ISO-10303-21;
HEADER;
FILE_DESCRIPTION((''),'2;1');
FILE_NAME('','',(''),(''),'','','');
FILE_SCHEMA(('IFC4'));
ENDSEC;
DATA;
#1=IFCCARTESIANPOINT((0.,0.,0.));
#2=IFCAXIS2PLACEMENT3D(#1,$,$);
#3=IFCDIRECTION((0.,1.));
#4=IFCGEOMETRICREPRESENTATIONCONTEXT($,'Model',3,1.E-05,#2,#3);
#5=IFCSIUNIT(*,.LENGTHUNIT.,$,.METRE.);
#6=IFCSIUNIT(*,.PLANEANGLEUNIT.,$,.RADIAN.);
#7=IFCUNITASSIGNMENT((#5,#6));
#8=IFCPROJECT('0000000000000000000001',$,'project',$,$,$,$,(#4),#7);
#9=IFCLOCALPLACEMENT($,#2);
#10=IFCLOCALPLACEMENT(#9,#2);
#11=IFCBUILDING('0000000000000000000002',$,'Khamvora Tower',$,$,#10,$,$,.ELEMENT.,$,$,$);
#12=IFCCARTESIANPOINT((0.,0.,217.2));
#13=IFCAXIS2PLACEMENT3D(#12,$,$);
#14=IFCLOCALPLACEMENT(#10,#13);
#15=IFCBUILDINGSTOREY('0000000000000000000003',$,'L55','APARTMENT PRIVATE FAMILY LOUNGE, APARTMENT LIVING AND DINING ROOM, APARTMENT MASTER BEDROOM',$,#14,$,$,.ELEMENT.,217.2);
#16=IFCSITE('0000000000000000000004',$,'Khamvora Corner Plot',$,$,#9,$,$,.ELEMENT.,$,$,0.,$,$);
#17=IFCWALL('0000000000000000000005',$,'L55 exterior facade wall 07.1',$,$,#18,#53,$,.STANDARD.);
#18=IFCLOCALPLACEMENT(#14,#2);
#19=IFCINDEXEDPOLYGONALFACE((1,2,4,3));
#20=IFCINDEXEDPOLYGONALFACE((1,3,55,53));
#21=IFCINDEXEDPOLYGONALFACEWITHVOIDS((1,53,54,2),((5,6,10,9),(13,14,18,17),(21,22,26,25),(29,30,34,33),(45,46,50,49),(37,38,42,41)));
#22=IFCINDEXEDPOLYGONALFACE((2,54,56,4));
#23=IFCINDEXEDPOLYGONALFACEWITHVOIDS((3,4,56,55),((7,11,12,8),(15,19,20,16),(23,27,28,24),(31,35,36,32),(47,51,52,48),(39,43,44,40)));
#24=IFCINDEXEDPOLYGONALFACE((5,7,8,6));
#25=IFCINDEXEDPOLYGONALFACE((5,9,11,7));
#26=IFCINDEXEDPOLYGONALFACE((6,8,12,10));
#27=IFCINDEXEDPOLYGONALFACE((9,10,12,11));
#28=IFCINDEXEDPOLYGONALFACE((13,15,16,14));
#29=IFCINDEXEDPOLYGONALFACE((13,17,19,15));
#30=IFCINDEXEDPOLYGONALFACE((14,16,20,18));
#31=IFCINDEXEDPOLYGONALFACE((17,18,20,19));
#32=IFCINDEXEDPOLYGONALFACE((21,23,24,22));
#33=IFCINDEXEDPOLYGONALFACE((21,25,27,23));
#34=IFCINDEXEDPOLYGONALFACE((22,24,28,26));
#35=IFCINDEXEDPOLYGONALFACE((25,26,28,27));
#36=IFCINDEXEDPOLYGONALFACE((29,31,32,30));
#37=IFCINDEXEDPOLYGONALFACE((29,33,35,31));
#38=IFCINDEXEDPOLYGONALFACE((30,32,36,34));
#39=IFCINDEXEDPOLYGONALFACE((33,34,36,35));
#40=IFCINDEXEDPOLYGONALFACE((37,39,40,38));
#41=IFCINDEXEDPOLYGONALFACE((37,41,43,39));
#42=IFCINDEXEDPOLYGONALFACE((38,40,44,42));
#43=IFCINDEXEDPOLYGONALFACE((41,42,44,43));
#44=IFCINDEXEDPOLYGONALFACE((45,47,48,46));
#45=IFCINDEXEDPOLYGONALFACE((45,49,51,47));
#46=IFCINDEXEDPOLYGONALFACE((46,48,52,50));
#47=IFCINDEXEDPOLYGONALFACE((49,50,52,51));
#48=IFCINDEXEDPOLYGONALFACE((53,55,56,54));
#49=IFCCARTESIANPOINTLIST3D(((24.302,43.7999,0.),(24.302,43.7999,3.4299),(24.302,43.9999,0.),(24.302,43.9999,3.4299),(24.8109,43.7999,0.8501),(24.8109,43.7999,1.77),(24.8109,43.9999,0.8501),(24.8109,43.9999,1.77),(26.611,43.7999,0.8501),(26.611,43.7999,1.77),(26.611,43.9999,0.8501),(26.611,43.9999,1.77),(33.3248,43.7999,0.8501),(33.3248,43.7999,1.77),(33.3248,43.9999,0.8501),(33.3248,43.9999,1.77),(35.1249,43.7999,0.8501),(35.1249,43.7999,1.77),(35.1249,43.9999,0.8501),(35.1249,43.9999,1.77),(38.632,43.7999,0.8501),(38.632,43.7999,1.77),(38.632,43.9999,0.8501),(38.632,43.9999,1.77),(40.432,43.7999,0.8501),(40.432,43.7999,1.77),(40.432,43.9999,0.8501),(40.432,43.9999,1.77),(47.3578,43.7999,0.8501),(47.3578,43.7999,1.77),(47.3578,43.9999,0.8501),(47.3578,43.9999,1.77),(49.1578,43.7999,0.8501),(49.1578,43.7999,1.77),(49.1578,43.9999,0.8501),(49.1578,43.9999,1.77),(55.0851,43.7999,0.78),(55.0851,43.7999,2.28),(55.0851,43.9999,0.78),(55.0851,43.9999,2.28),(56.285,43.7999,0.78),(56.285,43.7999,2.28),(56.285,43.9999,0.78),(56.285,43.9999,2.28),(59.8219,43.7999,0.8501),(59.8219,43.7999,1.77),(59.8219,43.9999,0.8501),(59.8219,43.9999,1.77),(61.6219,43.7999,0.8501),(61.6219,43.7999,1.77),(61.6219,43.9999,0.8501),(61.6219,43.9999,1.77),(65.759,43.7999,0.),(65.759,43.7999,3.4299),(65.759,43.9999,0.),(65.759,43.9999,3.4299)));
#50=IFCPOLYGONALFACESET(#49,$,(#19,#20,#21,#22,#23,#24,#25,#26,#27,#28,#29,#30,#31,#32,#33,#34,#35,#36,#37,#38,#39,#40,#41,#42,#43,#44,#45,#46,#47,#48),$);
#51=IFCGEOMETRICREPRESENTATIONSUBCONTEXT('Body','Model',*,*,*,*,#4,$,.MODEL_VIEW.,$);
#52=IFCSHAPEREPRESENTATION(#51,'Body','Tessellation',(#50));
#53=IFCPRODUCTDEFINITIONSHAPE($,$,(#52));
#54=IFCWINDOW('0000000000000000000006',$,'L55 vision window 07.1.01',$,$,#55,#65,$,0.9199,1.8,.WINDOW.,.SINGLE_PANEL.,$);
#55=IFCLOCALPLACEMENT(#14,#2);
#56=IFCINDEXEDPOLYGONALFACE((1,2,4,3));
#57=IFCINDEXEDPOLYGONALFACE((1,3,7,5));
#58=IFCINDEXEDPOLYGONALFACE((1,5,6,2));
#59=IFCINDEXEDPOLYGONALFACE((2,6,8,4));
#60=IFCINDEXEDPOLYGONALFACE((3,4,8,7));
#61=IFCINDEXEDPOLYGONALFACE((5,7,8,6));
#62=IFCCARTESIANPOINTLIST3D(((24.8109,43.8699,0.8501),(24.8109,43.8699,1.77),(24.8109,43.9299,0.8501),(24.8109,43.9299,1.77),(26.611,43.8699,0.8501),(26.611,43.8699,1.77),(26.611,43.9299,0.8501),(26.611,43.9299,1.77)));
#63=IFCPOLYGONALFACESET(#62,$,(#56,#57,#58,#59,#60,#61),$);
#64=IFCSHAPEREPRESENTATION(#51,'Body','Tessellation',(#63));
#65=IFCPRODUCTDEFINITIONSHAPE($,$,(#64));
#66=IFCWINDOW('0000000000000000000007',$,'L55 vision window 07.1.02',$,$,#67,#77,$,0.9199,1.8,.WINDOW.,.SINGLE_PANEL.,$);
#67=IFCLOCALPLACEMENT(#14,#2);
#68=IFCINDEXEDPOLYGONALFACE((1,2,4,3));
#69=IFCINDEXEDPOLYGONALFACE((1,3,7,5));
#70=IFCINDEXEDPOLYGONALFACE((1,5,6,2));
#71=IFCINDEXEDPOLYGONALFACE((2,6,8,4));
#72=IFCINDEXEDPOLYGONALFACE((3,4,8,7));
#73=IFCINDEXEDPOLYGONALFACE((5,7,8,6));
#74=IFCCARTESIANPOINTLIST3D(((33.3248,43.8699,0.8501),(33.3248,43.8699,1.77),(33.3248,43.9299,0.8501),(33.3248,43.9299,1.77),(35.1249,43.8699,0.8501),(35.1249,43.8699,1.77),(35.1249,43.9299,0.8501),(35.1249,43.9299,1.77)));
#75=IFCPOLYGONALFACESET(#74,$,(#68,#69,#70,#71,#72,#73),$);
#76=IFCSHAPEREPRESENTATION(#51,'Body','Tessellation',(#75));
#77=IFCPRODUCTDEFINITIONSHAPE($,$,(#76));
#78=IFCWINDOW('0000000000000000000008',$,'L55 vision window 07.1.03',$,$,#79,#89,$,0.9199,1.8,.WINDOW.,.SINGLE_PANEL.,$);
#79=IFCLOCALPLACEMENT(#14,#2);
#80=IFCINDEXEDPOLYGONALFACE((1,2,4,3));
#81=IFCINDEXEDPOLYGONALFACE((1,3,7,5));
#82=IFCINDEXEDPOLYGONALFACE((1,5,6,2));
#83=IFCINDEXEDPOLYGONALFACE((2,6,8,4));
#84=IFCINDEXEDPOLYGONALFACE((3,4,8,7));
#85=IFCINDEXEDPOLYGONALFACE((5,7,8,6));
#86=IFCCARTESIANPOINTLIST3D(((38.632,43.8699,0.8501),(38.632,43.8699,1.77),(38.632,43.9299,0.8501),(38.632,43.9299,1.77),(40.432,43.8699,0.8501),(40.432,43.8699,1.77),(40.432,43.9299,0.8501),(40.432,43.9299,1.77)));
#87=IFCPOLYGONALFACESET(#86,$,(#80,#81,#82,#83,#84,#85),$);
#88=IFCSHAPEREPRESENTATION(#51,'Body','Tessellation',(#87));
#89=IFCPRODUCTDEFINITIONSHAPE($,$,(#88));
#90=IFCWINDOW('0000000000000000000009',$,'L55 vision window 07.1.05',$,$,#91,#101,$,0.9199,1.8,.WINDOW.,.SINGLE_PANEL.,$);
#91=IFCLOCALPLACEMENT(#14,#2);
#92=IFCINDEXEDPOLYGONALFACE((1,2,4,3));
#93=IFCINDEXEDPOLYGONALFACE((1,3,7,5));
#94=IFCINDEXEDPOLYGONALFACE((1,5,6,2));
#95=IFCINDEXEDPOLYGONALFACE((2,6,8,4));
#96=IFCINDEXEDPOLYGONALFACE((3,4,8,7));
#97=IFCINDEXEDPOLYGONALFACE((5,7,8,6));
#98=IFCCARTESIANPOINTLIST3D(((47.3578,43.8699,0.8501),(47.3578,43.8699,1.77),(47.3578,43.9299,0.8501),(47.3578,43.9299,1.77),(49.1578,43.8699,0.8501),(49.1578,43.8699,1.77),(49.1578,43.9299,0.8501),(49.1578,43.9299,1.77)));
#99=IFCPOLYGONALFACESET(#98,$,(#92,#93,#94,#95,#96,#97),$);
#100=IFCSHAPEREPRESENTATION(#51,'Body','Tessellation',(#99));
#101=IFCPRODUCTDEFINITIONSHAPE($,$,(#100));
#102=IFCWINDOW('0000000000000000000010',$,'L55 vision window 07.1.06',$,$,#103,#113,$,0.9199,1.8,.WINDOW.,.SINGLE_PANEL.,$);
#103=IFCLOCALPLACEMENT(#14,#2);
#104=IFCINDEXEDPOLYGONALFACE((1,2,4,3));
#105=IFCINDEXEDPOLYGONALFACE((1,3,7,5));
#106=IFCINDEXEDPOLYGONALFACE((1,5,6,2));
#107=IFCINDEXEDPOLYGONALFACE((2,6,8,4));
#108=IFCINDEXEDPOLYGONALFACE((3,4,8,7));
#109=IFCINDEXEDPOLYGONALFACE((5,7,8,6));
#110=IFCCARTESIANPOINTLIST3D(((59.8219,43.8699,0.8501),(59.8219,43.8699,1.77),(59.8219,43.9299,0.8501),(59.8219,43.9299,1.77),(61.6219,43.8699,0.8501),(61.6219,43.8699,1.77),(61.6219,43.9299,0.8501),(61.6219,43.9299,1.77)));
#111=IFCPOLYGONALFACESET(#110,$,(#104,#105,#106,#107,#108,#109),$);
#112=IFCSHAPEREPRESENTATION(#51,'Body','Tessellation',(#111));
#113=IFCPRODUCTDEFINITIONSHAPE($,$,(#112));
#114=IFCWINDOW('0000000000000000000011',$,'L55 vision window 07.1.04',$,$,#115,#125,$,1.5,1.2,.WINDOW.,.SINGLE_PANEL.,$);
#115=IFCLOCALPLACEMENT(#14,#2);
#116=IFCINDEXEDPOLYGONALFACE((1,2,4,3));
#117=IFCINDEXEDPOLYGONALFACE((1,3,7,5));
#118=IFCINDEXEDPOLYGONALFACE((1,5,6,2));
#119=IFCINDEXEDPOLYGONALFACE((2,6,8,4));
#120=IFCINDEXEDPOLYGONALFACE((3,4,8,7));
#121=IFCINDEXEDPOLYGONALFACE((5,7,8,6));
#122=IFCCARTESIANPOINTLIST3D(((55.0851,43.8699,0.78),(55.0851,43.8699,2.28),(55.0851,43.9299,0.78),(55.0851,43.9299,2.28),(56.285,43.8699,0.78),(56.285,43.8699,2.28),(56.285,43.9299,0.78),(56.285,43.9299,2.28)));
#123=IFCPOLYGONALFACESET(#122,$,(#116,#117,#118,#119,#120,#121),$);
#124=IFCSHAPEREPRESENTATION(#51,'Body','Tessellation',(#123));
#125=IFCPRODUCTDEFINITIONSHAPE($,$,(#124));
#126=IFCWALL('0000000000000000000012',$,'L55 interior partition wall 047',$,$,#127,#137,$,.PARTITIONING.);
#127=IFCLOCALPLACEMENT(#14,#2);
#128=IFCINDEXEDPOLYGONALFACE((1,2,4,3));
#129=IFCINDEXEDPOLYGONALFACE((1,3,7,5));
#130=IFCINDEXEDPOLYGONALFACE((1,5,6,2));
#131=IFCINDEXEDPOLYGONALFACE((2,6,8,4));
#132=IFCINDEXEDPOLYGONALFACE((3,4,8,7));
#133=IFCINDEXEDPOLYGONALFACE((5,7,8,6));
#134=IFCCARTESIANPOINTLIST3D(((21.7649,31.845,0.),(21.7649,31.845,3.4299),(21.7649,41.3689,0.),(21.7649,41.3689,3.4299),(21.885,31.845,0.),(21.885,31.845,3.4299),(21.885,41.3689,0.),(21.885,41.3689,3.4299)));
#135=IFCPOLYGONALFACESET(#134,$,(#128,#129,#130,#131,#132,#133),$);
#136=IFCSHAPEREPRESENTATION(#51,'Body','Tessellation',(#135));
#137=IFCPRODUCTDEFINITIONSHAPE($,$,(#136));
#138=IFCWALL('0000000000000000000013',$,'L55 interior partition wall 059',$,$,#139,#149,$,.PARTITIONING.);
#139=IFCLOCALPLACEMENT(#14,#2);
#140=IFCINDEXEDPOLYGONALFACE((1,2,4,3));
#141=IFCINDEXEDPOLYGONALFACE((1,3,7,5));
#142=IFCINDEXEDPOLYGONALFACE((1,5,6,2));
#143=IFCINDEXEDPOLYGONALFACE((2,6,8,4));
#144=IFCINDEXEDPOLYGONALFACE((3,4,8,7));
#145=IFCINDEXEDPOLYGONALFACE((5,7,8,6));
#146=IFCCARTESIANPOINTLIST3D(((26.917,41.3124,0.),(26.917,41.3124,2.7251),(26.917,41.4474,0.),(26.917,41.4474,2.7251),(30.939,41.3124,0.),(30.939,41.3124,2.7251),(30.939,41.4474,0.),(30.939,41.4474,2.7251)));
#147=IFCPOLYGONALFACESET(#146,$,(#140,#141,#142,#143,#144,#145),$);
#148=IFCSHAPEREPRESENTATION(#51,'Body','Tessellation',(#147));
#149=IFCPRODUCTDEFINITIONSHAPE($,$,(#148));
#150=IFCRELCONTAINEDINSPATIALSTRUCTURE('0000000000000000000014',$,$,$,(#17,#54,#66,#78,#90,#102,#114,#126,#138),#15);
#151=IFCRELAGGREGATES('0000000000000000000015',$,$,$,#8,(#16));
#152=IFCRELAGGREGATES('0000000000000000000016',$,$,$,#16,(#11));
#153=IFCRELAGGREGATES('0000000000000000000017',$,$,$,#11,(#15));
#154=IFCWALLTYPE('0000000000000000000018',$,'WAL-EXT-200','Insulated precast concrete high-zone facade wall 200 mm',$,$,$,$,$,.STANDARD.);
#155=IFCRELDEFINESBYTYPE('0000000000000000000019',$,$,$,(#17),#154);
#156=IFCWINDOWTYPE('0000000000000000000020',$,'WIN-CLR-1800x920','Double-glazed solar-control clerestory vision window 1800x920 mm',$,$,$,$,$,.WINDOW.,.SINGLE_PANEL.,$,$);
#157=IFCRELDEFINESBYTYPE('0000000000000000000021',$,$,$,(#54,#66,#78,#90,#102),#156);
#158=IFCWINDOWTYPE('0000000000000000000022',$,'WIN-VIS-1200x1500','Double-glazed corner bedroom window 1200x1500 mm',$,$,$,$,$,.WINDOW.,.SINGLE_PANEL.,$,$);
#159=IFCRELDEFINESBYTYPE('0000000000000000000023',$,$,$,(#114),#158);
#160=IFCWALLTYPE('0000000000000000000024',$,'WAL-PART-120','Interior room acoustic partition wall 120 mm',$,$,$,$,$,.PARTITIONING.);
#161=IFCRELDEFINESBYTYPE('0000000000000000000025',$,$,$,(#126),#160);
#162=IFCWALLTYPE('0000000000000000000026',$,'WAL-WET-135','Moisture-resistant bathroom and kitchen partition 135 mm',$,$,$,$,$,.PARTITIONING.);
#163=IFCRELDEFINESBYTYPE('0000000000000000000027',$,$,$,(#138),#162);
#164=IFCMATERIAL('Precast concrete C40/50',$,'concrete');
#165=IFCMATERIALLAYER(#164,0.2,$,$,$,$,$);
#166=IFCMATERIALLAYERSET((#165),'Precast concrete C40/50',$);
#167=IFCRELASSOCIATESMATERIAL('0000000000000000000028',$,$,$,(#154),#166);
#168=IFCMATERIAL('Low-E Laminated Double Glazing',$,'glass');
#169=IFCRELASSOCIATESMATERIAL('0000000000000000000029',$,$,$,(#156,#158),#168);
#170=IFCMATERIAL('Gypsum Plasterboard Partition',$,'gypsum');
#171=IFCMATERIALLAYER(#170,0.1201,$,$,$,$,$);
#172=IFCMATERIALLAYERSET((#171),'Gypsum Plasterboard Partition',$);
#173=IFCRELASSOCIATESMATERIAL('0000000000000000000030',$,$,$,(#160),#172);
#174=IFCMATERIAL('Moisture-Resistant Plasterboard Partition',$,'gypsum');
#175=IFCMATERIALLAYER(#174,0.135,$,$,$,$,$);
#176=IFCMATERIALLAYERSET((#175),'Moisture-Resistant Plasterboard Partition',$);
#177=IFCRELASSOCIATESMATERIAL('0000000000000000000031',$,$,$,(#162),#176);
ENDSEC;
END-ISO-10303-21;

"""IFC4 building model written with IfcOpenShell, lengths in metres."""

from ifc_helpers import new_model, si_unit, direction, frame, frame_2d, origin, place, context, subcontext, project, spatial, rectangle, extrude, material, layer, layer_set, type_object, element, fill, save


model = new_model("IFC4")

# Units and contexts
model_context = context("Model", 3, precision=1e-05, world=origin(), true_north=direction((0.0, 1.0)))
body_context = subcontext(model_context, "Body", "Model", "MODEL_VIEW")
ifc_project = project(units=[si_unit("LENGTHUNIT", "METRE"), si_unit("PLANEANGLEUNIT", "RADIAN")], contexts=[model_context])

# Site, building, storey
site_placement = place(None, origin())
site = spatial("IfcSite", under=ifc_project, at=site_placement, Name="Khamvora Corner Plot", CompositionType="ELEMENT", RefElevation=0.0)
building_placement = place(site_placement, origin())
building = spatial("IfcBuilding", under=site, at=building_placement, Name="Khamvora Tower", CompositionType="ELEMENT")
storey_placement = place(building_placement, frame((0.0, 0.0, 217.2)))
storey = spatial("IfcBuildingStorey", under=building, at=storey_placement, Name="L55", Description="APARTMENT PRIVATE FAMILY LOUNGE, APARTMENT LIVING AND DINING ROOM, APARTMENT MASTER BEDROOM", CompositionType="ELEMENT", Elevation=217.2)

# Shared definitions
ifc_material_1 = material(Name="Precast concrete C40/50", Category="concrete")
ifc_layer_1 = layer(ifc_material_1, 0.2)
ifc_layer_set_1 = layer_set([ifc_layer_1], Name="Precast concrete C40/50")
wall_type_1 = type_object("IfcWallType", Name="WAL-EXT-200", Description="Insulated precast concrete high-zone facade wall 200 mm", PredefinedType="STANDARD", material=ifc_layer_set_1)

# Wall, openings, windows
wall_1_placement = place(storey_placement, frame((24.302, 43.8999, 0.0), z_axis=(0.0, 0.0, 1.0), x_axis=(1.0, 0.0, 0.0)))
wall_1 = element("IfcWall", 1, at=wall_1_placement, inside=storey, type_object=wall_type_1, Name="L55 exterior facade wall 07.1", PredefinedType="STANDARD", context=body_context, shape_type="SweptSolid", body=[
    extrude(rectangle(XDim=41.457, YDim=0.2, at=frame_2d((20.7285, 0.0))), origin(), (0.0, 0.0, 1.0), 3.4299),
])
opening_1_placement = place(wall_1_placement, frame((0.509, 0.0, 0.8501)))
opening_1 = element("IfcOpeningElement", 2, at=opening_1_placement, cuts=wall_1, PredefinedType="OPENING", context=body_context, shape_type="SweptSolid", body=[
    extrude(rectangle(XDim=1.8, YDim=0.9199, at=frame_2d((0.8999, 0.46))), frame((0.0, 0.1099, 0.0), z_axis=(0.0, -1.0, 0.0), x_axis=(1.0, 0.0, 0.0)), (0.0, 0.0, 1.0), 0.22),
])
opening_2_placement = place(wall_1_placement, frame((9.0229, 0.0, 0.8501)))
opening_2 = element("IfcOpeningElement", 3, at=opening_2_placement, cuts=wall_1, PredefinedType="OPENING", context=body_context, shape_type="SweptSolid", body=[
    extrude(rectangle(XDim=1.8, YDim=0.9199, at=frame_2d((0.8999, 0.46))), frame((0.0, 0.1099, 0.0), z_axis=(0.0, -1.0, 0.0), x_axis=(1.0, 0.0, 0.0)), (0.0, 0.0, 1.0), 0.22),
])
opening_3_placement = place(wall_1_placement, frame((14.3301, 0.0, 0.8501)))
opening_3 = element("IfcOpeningElement", 4, at=opening_3_placement, cuts=wall_1, PredefinedType="OPENING", context=body_context, shape_type="SweptSolid", body=[
    extrude(rectangle(XDim=1.8, YDim=0.9199, at=frame_2d((0.8999, 0.46))), frame((0.0, 0.1099, 0.0), z_axis=(0.0, -1.0, 0.0), x_axis=(1.0, 0.0, 0.0)), (0.0, 0.0, 1.0), 0.22),
])
opening_4_placement = place(wall_1_placement, frame((30.783, 0.0, 0.78)))
opening_4 = element("IfcOpeningElement", 5, at=opening_4_placement, cuts=wall_1, PredefinedType="OPENING", context=body_context, shape_type="SweptSolid", body=[
    extrude(rectangle(XDim=1.2, YDim=1.5, at=frame_2d((0.6001, 0.75))), frame((0.0, 0.1099, 0.0), z_axis=(0.0, -1.0, 0.0), x_axis=(1.0, 0.0, 0.0)), (0.0, 0.0, 1.0), 0.22),
])
opening_5_placement = place(wall_1_placement, frame((23.0559, 0.0, 0.8501)))
opening_5 = element("IfcOpeningElement", 6, at=opening_5_placement, cuts=wall_1, PredefinedType="OPENING", context=body_context, shape_type="SweptSolid", body=[
    extrude(rectangle(XDim=1.8, YDim=0.9199, at=frame_2d((0.8999, 0.46))), frame((0.0, 0.1099, 0.0), z_axis=(0.0, -1.0, 0.0), x_axis=(1.0, 0.0, 0.0)), (0.0, 0.0, 1.0), 0.22),
])
opening_6_placement = place(wall_1_placement, frame((35.52, 0.0, 0.8501)))
opening_6 = element("IfcOpeningElement", 7, at=opening_6_placement, cuts=wall_1, PredefinedType="OPENING", context=body_context, shape_type="SweptSolid", body=[
    extrude(rectangle(XDim=1.8, YDim=0.9199, at=frame_2d((0.8999, 0.46))), frame((0.0, 0.1099, 0.0), z_axis=(0.0, -1.0, 0.0), x_axis=(1.0, 0.0, 0.0)), (0.0, 0.0, 1.0), 0.22),
])
ifc_material_2 = material(Name="Low-E Laminated Double Glazing", Category="glass")
window_type_1 = type_object("IfcWindowType", Name="WIN-CLR-1800x920", Description="Double-glazed solar-control clerestory vision window 1800x920 mm", PartitioningType="SINGLE_PANEL", PredefinedType="WINDOW", material=ifc_material_2)
window_1_placement = place(opening_1_placement, origin())
window_1 = element("IfcWindow", 8, at=window_1_placement, inside=storey, type_object=window_type_1, Name="L55 vision window 07.1.01", OverallHeight=0.9199, OverallWidth=1.8, PartitioningType="SINGLE_PANEL", PredefinedType="WINDOW", context=body_context, shape_type="SweptSolid", body=[
    extrude(rectangle(XDim=1.8, YDim=0.9199, at=frame_2d((0.8999, 0.46))), frame((0.0, 0.03, 0.0), z_axis=(0.0, -1.0, 0.0), x_axis=(1.0, 0.0, 0.0)), (0.0, 0.0, 1.0), 0.0601),
])
fill(opening_1, window_1)
window_2_placement = place(opening_2_placement, origin())
window_2 = element("IfcWindow", 9, at=window_2_placement, inside=storey, type_object=window_type_1, Name="L55 vision window 07.1.02", OverallHeight=0.9199, OverallWidth=1.8, PartitioningType="SINGLE_PANEL", PredefinedType="WINDOW", context=body_context, shape_type="SweptSolid", body=[
    extrude(rectangle(XDim=1.8, YDim=0.9199, at=frame_2d((0.8999, 0.46))), frame((0.0, 0.03, 0.0), z_axis=(0.0, -1.0, 0.0), x_axis=(1.0, 0.0, 0.0)), (0.0, 0.0, 1.0), 0.0601),
])
fill(opening_2, window_2)
window_3_placement = place(opening_3_placement, origin())
window_3 = element("IfcWindow", 10, at=window_3_placement, inside=storey, type_object=window_type_1, Name="L55 vision window 07.1.03", OverallHeight=0.9199, OverallWidth=1.8, PartitioningType="SINGLE_PANEL", PredefinedType="WINDOW", context=body_context, shape_type="SweptSolid", body=[
    extrude(rectangle(XDim=1.8, YDim=0.9199, at=frame_2d((0.8999, 0.46))), frame((0.0, 0.03, 0.0), z_axis=(0.0, -1.0, 0.0), x_axis=(1.0, 0.0, 0.0)), (0.0, 0.0, 1.0), 0.0601),
])
fill(opening_3, window_3)
window_4_placement = place(opening_5_placement, origin())
window_4 = element("IfcWindow", 11, at=window_4_placement, inside=storey, type_object=window_type_1, Name="L55 vision window 07.1.05", OverallHeight=0.9199, OverallWidth=1.8, PartitioningType="SINGLE_PANEL", PredefinedType="WINDOW", context=body_context, shape_type="SweptSolid", body=[
    extrude(rectangle(XDim=1.8, YDim=0.9199, at=frame_2d((0.8999, 0.46))), frame((0.0, 0.03, 0.0), z_axis=(0.0, -1.0, 0.0), x_axis=(1.0, 0.0, 0.0)), (0.0, 0.0, 1.0), 0.0601),
])
fill(opening_5, window_4)
window_5_placement = place(opening_6_placement, origin())
window_5 = element("IfcWindow", 12, at=window_5_placement, inside=storey, type_object=window_type_1, Name="L55 vision window 07.1.06", OverallHeight=0.9199, OverallWidth=1.8, PartitioningType="SINGLE_PANEL", PredefinedType="WINDOW", context=body_context, shape_type="SweptSolid", body=[
    extrude(rectangle(XDim=1.8, YDim=0.9199, at=frame_2d((0.8999, 0.46))), frame((0.0, 0.03, 0.0), z_axis=(0.0, -1.0, 0.0), x_axis=(1.0, 0.0, 0.0)), (0.0, 0.0, 1.0), 0.0601),
])
fill(opening_6, window_5)
window_type_2 = type_object("IfcWindowType", Name="WIN-VIS-1200x1500", Description="Double-glazed corner bedroom window 1200x1500 mm", PartitioningType="SINGLE_PANEL", PredefinedType="WINDOW", material=ifc_material_2)
window_6_placement = place(opening_4_placement, origin())
window_6 = element("IfcWindow", 13, at=window_6_placement, inside=storey, type_object=window_type_2, Name="L55 vision window 07.1.04", OverallHeight=1.5, OverallWidth=1.2, PartitioningType="SINGLE_PANEL", PredefinedType="WINDOW", context=body_context, shape_type="SweptSolid", body=[
    extrude(rectangle(XDim=1.2, YDim=1.5, at=frame_2d((0.6001, 0.75))), frame((0.0, 0.03, 0.0), z_axis=(0.0, -1.0, 0.0), x_axis=(1.0, 0.0, 0.0)), (0.0, 0.0, 1.0), 0.0601),
])
fill(opening_4, window_6)

# Walls
ifc_material_3 = material(Name="Gypsum Plasterboard Partition", Category="gypsum")
ifc_layer_2 = layer(ifc_material_3, 0.1201)
ifc_layer_set_2 = layer_set([ifc_layer_2], Name="Gypsum Plasterboard Partition")
wall_type_2 = type_object("IfcWallType", Name="WAL-PART-120", Description="Interior room acoustic partition wall 120 mm", PredefinedType="PARTITIONING", material=ifc_layer_set_2)
wall_2_placement = place(storey_placement, frame((21.825, 41.3689, 0.0), z_axis=(0.0, 0.0, 1.0), x_axis=(0.0, -1.0, 0.0)))
element("IfcWall", 14, at=wall_2_placement, inside=storey, type_object=wall_type_2, Name="L55 interior partition wall 047", PredefinedType="PARTITIONING", context=body_context, shape_type="SweptSolid", body=[
    extrude(rectangle(XDim=9.5239, YDim=0.1201, at=frame_2d((4.762, 0.0))), origin(), (0.0, 0.0, 1.0), 3.4299),
])
ifc_material_4 = material(Name="Moisture-Resistant Plasterboard Partition", Category="gypsum")
ifc_layer_3 = layer(ifc_material_4, 0.135)
ifc_layer_set_3 = layer_set([ifc_layer_3], Name="Moisture-Resistant Plasterboard Partition")
wall_type_3 = type_object("IfcWallType", Name="WAL-WET-135", Description="Moisture-resistant bathroom and kitchen partition 135 mm", PredefinedType="PARTITIONING", material=ifc_layer_set_3)
wall_3_placement = place(storey_placement, frame((26.917, 41.3799, 0.0), z_axis=(0.0, 0.0, 1.0), x_axis=(1.0, 0.0, 0.0)))
element("IfcWall", 15, at=wall_3_placement, inside=storey, type_object=wall_type_3, Name="L55 interior partition wall 059", PredefinedType="PARTITIONING", context=body_context, shape_type="SweptSolid", body=[
    extrude(rectangle(XDim=4.022, YDim=0.135, at=frame_2d((2.011, 0.0))), origin(), (0.0, 0.0, 1.0), 2.7251),
])

save(model, "model.ifc")
